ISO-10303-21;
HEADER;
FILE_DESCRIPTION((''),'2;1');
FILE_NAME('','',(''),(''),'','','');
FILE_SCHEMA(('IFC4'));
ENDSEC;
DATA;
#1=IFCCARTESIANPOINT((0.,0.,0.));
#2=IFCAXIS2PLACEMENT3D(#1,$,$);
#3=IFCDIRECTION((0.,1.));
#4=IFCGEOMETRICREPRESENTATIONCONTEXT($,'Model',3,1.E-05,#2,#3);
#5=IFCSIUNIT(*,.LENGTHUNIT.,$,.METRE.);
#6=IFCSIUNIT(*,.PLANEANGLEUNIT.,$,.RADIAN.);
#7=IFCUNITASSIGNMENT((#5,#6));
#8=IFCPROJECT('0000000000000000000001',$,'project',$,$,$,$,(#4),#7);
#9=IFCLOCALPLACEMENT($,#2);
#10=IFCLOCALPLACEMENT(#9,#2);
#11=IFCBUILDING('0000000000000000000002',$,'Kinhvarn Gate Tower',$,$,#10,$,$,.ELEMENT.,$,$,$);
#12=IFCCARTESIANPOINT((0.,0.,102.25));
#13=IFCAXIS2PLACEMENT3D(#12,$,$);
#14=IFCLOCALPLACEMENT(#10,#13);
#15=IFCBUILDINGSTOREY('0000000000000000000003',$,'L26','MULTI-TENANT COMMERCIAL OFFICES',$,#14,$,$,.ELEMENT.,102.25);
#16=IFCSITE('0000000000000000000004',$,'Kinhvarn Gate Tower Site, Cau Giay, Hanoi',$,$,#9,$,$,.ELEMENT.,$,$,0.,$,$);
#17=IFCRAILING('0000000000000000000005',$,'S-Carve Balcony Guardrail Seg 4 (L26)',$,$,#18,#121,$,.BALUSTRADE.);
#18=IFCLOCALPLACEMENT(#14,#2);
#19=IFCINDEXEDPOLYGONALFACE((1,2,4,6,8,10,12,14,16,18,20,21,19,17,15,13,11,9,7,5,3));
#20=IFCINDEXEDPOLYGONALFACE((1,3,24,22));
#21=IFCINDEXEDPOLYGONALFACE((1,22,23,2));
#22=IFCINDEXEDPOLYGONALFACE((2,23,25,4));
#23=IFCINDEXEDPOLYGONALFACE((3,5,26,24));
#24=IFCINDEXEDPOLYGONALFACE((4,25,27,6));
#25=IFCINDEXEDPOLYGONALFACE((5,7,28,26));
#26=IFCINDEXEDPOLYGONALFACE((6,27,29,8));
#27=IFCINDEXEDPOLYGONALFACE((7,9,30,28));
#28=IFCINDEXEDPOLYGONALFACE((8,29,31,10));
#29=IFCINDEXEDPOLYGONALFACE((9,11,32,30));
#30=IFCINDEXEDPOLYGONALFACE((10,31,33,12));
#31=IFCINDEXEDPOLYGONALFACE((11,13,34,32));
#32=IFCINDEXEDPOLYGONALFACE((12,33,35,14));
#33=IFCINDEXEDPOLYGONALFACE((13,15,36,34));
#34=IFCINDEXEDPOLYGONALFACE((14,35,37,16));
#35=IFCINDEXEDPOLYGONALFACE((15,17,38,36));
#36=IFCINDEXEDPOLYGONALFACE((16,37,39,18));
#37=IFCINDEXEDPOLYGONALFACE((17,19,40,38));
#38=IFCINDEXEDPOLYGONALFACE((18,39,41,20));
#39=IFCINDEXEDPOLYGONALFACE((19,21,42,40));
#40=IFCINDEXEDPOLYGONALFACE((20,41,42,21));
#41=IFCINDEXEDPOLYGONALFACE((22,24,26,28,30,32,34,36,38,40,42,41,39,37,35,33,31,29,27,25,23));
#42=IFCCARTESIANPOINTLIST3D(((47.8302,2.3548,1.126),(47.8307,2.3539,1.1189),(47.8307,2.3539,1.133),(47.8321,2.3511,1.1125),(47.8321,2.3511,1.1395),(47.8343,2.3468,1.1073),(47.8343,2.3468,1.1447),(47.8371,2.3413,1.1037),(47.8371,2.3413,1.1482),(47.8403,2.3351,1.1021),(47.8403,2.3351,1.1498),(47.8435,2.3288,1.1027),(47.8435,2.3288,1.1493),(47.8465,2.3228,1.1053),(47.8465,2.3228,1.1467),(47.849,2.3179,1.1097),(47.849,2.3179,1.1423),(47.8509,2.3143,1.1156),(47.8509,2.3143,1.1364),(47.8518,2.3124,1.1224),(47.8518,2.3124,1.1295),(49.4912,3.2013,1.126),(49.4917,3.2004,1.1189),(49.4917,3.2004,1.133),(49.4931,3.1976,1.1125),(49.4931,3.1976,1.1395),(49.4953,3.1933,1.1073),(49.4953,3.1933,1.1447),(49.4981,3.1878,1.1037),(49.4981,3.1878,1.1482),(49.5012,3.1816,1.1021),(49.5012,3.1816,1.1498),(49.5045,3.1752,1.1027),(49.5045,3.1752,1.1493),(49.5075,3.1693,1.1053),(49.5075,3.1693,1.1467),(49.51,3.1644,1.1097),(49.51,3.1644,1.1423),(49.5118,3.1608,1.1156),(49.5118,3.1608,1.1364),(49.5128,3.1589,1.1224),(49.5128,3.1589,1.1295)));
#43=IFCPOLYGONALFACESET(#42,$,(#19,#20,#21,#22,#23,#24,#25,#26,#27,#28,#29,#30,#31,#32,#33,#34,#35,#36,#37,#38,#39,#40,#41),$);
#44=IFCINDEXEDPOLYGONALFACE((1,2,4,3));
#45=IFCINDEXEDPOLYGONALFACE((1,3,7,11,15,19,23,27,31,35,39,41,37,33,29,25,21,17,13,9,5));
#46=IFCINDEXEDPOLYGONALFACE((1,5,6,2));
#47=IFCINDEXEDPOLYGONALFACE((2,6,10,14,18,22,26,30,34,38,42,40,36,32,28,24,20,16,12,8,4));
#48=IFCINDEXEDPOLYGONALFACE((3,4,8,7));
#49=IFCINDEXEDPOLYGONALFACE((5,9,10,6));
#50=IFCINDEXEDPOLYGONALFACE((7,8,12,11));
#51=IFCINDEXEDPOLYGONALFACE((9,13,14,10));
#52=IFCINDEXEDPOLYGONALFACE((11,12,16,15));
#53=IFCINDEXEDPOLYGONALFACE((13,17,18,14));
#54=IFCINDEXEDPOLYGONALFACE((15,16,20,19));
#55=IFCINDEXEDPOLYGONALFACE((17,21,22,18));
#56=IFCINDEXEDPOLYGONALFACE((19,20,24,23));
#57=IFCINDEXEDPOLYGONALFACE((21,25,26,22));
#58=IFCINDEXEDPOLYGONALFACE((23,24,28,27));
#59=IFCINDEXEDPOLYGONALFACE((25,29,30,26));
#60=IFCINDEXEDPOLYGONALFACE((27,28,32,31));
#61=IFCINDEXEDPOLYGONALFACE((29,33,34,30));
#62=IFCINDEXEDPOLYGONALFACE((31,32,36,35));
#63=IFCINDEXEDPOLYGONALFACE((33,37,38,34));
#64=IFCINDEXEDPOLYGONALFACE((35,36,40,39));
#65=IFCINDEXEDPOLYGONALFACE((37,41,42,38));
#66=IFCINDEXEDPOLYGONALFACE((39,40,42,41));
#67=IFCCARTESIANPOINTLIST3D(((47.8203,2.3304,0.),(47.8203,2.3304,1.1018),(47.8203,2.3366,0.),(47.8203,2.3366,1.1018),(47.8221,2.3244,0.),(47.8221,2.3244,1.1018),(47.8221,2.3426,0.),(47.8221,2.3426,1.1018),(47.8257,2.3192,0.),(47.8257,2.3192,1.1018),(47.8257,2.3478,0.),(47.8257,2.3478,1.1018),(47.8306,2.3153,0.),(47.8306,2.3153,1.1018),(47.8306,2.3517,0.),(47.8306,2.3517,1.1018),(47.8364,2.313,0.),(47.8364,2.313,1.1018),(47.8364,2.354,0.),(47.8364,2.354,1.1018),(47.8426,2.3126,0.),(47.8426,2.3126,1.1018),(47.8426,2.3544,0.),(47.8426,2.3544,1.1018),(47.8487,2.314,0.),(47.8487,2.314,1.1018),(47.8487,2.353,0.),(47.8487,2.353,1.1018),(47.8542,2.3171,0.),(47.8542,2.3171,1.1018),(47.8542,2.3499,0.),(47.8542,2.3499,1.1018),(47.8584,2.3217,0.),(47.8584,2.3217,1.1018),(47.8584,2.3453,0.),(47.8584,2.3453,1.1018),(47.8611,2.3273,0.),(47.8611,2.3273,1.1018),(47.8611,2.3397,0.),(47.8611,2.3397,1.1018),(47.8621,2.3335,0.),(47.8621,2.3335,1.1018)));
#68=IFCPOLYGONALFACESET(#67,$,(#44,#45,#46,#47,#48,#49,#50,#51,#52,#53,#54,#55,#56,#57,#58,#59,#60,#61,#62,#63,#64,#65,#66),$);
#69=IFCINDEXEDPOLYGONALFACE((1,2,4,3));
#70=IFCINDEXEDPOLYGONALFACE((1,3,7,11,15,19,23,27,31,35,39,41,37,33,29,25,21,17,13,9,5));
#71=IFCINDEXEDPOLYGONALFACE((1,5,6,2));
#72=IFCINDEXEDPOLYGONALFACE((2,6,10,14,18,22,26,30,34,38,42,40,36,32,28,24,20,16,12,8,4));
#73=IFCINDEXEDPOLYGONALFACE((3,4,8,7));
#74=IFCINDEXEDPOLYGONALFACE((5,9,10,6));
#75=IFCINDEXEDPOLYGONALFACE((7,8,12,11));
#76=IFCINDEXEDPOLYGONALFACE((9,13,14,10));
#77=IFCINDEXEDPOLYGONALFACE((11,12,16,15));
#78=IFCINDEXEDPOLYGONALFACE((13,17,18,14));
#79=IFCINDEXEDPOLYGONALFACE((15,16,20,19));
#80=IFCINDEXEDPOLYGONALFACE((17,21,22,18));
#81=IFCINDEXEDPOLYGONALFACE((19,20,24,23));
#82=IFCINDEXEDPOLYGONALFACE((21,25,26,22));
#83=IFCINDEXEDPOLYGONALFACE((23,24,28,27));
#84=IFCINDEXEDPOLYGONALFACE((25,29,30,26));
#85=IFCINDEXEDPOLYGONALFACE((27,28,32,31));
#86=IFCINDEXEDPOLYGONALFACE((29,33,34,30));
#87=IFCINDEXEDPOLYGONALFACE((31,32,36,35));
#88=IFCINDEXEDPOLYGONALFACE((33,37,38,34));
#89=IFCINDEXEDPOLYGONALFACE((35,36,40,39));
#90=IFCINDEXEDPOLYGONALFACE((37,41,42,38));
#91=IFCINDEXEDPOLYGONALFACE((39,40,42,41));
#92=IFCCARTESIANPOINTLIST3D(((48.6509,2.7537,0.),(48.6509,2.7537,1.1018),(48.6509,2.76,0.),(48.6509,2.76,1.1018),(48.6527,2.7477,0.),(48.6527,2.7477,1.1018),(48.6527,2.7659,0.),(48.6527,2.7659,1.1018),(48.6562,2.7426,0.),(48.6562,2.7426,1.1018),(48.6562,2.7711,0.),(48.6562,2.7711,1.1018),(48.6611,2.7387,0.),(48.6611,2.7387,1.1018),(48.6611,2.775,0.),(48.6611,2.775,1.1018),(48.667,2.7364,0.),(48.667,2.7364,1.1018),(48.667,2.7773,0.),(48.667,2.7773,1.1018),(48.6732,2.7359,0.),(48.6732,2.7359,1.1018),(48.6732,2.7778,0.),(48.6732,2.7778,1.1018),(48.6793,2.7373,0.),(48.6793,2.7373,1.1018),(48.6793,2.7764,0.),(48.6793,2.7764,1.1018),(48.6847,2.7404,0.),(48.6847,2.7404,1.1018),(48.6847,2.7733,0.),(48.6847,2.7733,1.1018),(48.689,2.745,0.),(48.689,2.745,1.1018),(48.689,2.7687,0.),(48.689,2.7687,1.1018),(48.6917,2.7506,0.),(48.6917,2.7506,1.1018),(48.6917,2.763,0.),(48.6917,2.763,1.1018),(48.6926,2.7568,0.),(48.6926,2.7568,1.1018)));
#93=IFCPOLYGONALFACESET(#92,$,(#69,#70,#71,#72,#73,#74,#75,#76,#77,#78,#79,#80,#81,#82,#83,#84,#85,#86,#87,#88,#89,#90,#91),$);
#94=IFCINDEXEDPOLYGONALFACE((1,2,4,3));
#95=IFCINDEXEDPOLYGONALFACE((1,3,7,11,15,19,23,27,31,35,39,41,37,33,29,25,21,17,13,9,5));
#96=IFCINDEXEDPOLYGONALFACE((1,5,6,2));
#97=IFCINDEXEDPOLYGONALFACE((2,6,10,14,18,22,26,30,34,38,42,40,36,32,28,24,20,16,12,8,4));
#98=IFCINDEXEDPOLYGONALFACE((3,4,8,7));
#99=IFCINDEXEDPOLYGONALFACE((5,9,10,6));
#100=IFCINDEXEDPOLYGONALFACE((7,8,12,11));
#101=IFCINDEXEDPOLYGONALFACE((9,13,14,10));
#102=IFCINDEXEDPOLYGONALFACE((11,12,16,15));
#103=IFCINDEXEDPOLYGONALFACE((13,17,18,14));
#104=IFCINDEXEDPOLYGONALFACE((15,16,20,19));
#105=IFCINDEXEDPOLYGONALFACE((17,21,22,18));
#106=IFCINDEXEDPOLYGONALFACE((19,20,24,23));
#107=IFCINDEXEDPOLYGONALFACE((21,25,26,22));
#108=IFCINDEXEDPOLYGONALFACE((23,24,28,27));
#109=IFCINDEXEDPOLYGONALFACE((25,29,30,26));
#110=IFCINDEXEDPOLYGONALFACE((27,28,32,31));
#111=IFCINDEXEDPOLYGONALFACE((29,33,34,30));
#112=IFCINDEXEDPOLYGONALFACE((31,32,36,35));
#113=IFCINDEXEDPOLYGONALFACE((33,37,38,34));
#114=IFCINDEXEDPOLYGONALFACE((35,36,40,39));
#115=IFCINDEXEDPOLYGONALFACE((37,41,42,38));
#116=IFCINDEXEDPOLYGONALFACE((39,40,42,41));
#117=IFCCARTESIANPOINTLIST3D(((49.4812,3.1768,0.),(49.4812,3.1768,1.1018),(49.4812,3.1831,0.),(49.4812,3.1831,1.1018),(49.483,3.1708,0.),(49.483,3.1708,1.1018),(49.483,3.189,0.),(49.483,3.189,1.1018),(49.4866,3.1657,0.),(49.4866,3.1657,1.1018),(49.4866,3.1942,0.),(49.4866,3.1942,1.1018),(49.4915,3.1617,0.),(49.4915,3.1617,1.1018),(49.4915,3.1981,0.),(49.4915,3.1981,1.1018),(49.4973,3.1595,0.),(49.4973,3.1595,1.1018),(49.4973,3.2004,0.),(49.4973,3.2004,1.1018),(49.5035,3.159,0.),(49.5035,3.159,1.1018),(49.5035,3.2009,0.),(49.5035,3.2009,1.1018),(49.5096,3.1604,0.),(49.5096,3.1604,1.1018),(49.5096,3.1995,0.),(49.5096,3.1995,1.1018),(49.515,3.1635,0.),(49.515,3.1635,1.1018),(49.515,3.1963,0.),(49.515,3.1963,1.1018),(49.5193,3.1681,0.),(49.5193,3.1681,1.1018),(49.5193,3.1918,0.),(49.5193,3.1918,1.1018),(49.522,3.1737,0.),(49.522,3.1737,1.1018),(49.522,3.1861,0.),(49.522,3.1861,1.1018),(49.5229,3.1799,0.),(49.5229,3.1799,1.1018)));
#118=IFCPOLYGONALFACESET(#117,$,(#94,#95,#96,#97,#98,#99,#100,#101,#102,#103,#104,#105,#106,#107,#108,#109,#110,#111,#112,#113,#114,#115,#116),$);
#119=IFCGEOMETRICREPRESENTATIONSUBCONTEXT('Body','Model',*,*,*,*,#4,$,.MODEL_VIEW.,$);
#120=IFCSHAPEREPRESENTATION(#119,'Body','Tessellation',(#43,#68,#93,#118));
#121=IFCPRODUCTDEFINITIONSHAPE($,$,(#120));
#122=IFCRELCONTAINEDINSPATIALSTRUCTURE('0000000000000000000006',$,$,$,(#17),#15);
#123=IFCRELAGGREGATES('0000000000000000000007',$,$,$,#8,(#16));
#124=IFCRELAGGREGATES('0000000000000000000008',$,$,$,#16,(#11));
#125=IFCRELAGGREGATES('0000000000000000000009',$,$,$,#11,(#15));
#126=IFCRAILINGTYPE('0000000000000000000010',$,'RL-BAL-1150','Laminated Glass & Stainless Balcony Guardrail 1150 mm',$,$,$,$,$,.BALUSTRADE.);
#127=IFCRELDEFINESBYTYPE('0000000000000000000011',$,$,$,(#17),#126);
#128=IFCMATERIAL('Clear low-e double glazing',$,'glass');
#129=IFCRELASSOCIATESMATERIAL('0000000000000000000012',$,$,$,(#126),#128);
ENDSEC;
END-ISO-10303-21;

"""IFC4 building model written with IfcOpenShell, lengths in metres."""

from ifc_helpers import new_model, si_unit, direction, frame, origin, origin_2d, place, context, subcontext, project, spatial, circle, extrude, material, type_object, element, save


model = new_model("IFC4")

# Units and contexts
model_context = context("Model", 3, precision=1e-05, world=origin(), true_north=direction((0.0, 1.0)))
body_context = subcontext(model_context, "Body", "Model", "MODEL_VIEW")
ifc_project = project(units=[si_unit("LENGTHUNIT", "METRE"), si_unit("PLANEANGLEUNIT", "RADIAN")], contexts=[model_context])

# Site, building, storey
site_placement = place(None, origin())
site = spatial("IfcSite", under=ifc_project, at=site_placement, Name="Kinhvarn Gate Tower Site, Cau Giay, Hanoi", CompositionType="ELEMENT", RefElevation=0.0)
building_placement = place(site_placement, origin())
building = spatial("IfcBuilding", under=site, at=building_placement, Name="Kinhvarn Gate Tower", CompositionType="ELEMENT")
storey_placement = place(building_placement, frame((0.0, 0.0, 102.25)))
storey = spatial("IfcBuildingStorey", under=building, at=storey_placement, Name="L26", Description="MULTI-TENANT COMMERCIAL OFFICES", CompositionType="ELEMENT", Elevation=102.25)

# Shared definitions
ifc_material_1 = material(Name="Clear low-e double glazing", Category="glass")

# Railing
railing_type = type_object("IfcRailingType", Name="RL-BAL-1150", Description="Laminated Glass & Stainless Balcony Guardrail 1150 mm", PredefinedType="BALUSTRADE", material=ifc_material_1)
railing_1_placement = place(storey_placement, frame((47.8411, 2.3335, 0.0)))
element("IfcRailing", 1, at=railing_1_placement, inside=storey, type_object=railing_type, Name="S-Carve Balcony Guardrail Seg 4 (L26)", PredefinedType="BALUSTRADE", context=body_context, shape_type="SweptSolid", body=[
    extrude(circle(Radius=0.0239, at=origin_2d()), frame((0.0, 0.0, 1.126), z_axis=(0.89097, 0.454063, 0.0), x_axis=(-0.454063, 0.89097, 0.0)), (0.0, 0.0, 1.0), 1.8643),
    extrude(circle(Radius=0.021, at=origin_2d()), origin(), (0.0, 0.0, 1.0), 1.1018),
    extrude(circle(Radius=0.021, at=origin_2d()), frame((0.8306, 0.4233, 0.0)), (0.0, 0.0, 1.0), 1.1018),
    extrude(circle(Radius=0.021, at=origin_2d()), frame((1.6609, 0.8464, 0.0)), (0.0, 0.0, 1.0), 1.1018),
])

save(model, "model.ifc")
